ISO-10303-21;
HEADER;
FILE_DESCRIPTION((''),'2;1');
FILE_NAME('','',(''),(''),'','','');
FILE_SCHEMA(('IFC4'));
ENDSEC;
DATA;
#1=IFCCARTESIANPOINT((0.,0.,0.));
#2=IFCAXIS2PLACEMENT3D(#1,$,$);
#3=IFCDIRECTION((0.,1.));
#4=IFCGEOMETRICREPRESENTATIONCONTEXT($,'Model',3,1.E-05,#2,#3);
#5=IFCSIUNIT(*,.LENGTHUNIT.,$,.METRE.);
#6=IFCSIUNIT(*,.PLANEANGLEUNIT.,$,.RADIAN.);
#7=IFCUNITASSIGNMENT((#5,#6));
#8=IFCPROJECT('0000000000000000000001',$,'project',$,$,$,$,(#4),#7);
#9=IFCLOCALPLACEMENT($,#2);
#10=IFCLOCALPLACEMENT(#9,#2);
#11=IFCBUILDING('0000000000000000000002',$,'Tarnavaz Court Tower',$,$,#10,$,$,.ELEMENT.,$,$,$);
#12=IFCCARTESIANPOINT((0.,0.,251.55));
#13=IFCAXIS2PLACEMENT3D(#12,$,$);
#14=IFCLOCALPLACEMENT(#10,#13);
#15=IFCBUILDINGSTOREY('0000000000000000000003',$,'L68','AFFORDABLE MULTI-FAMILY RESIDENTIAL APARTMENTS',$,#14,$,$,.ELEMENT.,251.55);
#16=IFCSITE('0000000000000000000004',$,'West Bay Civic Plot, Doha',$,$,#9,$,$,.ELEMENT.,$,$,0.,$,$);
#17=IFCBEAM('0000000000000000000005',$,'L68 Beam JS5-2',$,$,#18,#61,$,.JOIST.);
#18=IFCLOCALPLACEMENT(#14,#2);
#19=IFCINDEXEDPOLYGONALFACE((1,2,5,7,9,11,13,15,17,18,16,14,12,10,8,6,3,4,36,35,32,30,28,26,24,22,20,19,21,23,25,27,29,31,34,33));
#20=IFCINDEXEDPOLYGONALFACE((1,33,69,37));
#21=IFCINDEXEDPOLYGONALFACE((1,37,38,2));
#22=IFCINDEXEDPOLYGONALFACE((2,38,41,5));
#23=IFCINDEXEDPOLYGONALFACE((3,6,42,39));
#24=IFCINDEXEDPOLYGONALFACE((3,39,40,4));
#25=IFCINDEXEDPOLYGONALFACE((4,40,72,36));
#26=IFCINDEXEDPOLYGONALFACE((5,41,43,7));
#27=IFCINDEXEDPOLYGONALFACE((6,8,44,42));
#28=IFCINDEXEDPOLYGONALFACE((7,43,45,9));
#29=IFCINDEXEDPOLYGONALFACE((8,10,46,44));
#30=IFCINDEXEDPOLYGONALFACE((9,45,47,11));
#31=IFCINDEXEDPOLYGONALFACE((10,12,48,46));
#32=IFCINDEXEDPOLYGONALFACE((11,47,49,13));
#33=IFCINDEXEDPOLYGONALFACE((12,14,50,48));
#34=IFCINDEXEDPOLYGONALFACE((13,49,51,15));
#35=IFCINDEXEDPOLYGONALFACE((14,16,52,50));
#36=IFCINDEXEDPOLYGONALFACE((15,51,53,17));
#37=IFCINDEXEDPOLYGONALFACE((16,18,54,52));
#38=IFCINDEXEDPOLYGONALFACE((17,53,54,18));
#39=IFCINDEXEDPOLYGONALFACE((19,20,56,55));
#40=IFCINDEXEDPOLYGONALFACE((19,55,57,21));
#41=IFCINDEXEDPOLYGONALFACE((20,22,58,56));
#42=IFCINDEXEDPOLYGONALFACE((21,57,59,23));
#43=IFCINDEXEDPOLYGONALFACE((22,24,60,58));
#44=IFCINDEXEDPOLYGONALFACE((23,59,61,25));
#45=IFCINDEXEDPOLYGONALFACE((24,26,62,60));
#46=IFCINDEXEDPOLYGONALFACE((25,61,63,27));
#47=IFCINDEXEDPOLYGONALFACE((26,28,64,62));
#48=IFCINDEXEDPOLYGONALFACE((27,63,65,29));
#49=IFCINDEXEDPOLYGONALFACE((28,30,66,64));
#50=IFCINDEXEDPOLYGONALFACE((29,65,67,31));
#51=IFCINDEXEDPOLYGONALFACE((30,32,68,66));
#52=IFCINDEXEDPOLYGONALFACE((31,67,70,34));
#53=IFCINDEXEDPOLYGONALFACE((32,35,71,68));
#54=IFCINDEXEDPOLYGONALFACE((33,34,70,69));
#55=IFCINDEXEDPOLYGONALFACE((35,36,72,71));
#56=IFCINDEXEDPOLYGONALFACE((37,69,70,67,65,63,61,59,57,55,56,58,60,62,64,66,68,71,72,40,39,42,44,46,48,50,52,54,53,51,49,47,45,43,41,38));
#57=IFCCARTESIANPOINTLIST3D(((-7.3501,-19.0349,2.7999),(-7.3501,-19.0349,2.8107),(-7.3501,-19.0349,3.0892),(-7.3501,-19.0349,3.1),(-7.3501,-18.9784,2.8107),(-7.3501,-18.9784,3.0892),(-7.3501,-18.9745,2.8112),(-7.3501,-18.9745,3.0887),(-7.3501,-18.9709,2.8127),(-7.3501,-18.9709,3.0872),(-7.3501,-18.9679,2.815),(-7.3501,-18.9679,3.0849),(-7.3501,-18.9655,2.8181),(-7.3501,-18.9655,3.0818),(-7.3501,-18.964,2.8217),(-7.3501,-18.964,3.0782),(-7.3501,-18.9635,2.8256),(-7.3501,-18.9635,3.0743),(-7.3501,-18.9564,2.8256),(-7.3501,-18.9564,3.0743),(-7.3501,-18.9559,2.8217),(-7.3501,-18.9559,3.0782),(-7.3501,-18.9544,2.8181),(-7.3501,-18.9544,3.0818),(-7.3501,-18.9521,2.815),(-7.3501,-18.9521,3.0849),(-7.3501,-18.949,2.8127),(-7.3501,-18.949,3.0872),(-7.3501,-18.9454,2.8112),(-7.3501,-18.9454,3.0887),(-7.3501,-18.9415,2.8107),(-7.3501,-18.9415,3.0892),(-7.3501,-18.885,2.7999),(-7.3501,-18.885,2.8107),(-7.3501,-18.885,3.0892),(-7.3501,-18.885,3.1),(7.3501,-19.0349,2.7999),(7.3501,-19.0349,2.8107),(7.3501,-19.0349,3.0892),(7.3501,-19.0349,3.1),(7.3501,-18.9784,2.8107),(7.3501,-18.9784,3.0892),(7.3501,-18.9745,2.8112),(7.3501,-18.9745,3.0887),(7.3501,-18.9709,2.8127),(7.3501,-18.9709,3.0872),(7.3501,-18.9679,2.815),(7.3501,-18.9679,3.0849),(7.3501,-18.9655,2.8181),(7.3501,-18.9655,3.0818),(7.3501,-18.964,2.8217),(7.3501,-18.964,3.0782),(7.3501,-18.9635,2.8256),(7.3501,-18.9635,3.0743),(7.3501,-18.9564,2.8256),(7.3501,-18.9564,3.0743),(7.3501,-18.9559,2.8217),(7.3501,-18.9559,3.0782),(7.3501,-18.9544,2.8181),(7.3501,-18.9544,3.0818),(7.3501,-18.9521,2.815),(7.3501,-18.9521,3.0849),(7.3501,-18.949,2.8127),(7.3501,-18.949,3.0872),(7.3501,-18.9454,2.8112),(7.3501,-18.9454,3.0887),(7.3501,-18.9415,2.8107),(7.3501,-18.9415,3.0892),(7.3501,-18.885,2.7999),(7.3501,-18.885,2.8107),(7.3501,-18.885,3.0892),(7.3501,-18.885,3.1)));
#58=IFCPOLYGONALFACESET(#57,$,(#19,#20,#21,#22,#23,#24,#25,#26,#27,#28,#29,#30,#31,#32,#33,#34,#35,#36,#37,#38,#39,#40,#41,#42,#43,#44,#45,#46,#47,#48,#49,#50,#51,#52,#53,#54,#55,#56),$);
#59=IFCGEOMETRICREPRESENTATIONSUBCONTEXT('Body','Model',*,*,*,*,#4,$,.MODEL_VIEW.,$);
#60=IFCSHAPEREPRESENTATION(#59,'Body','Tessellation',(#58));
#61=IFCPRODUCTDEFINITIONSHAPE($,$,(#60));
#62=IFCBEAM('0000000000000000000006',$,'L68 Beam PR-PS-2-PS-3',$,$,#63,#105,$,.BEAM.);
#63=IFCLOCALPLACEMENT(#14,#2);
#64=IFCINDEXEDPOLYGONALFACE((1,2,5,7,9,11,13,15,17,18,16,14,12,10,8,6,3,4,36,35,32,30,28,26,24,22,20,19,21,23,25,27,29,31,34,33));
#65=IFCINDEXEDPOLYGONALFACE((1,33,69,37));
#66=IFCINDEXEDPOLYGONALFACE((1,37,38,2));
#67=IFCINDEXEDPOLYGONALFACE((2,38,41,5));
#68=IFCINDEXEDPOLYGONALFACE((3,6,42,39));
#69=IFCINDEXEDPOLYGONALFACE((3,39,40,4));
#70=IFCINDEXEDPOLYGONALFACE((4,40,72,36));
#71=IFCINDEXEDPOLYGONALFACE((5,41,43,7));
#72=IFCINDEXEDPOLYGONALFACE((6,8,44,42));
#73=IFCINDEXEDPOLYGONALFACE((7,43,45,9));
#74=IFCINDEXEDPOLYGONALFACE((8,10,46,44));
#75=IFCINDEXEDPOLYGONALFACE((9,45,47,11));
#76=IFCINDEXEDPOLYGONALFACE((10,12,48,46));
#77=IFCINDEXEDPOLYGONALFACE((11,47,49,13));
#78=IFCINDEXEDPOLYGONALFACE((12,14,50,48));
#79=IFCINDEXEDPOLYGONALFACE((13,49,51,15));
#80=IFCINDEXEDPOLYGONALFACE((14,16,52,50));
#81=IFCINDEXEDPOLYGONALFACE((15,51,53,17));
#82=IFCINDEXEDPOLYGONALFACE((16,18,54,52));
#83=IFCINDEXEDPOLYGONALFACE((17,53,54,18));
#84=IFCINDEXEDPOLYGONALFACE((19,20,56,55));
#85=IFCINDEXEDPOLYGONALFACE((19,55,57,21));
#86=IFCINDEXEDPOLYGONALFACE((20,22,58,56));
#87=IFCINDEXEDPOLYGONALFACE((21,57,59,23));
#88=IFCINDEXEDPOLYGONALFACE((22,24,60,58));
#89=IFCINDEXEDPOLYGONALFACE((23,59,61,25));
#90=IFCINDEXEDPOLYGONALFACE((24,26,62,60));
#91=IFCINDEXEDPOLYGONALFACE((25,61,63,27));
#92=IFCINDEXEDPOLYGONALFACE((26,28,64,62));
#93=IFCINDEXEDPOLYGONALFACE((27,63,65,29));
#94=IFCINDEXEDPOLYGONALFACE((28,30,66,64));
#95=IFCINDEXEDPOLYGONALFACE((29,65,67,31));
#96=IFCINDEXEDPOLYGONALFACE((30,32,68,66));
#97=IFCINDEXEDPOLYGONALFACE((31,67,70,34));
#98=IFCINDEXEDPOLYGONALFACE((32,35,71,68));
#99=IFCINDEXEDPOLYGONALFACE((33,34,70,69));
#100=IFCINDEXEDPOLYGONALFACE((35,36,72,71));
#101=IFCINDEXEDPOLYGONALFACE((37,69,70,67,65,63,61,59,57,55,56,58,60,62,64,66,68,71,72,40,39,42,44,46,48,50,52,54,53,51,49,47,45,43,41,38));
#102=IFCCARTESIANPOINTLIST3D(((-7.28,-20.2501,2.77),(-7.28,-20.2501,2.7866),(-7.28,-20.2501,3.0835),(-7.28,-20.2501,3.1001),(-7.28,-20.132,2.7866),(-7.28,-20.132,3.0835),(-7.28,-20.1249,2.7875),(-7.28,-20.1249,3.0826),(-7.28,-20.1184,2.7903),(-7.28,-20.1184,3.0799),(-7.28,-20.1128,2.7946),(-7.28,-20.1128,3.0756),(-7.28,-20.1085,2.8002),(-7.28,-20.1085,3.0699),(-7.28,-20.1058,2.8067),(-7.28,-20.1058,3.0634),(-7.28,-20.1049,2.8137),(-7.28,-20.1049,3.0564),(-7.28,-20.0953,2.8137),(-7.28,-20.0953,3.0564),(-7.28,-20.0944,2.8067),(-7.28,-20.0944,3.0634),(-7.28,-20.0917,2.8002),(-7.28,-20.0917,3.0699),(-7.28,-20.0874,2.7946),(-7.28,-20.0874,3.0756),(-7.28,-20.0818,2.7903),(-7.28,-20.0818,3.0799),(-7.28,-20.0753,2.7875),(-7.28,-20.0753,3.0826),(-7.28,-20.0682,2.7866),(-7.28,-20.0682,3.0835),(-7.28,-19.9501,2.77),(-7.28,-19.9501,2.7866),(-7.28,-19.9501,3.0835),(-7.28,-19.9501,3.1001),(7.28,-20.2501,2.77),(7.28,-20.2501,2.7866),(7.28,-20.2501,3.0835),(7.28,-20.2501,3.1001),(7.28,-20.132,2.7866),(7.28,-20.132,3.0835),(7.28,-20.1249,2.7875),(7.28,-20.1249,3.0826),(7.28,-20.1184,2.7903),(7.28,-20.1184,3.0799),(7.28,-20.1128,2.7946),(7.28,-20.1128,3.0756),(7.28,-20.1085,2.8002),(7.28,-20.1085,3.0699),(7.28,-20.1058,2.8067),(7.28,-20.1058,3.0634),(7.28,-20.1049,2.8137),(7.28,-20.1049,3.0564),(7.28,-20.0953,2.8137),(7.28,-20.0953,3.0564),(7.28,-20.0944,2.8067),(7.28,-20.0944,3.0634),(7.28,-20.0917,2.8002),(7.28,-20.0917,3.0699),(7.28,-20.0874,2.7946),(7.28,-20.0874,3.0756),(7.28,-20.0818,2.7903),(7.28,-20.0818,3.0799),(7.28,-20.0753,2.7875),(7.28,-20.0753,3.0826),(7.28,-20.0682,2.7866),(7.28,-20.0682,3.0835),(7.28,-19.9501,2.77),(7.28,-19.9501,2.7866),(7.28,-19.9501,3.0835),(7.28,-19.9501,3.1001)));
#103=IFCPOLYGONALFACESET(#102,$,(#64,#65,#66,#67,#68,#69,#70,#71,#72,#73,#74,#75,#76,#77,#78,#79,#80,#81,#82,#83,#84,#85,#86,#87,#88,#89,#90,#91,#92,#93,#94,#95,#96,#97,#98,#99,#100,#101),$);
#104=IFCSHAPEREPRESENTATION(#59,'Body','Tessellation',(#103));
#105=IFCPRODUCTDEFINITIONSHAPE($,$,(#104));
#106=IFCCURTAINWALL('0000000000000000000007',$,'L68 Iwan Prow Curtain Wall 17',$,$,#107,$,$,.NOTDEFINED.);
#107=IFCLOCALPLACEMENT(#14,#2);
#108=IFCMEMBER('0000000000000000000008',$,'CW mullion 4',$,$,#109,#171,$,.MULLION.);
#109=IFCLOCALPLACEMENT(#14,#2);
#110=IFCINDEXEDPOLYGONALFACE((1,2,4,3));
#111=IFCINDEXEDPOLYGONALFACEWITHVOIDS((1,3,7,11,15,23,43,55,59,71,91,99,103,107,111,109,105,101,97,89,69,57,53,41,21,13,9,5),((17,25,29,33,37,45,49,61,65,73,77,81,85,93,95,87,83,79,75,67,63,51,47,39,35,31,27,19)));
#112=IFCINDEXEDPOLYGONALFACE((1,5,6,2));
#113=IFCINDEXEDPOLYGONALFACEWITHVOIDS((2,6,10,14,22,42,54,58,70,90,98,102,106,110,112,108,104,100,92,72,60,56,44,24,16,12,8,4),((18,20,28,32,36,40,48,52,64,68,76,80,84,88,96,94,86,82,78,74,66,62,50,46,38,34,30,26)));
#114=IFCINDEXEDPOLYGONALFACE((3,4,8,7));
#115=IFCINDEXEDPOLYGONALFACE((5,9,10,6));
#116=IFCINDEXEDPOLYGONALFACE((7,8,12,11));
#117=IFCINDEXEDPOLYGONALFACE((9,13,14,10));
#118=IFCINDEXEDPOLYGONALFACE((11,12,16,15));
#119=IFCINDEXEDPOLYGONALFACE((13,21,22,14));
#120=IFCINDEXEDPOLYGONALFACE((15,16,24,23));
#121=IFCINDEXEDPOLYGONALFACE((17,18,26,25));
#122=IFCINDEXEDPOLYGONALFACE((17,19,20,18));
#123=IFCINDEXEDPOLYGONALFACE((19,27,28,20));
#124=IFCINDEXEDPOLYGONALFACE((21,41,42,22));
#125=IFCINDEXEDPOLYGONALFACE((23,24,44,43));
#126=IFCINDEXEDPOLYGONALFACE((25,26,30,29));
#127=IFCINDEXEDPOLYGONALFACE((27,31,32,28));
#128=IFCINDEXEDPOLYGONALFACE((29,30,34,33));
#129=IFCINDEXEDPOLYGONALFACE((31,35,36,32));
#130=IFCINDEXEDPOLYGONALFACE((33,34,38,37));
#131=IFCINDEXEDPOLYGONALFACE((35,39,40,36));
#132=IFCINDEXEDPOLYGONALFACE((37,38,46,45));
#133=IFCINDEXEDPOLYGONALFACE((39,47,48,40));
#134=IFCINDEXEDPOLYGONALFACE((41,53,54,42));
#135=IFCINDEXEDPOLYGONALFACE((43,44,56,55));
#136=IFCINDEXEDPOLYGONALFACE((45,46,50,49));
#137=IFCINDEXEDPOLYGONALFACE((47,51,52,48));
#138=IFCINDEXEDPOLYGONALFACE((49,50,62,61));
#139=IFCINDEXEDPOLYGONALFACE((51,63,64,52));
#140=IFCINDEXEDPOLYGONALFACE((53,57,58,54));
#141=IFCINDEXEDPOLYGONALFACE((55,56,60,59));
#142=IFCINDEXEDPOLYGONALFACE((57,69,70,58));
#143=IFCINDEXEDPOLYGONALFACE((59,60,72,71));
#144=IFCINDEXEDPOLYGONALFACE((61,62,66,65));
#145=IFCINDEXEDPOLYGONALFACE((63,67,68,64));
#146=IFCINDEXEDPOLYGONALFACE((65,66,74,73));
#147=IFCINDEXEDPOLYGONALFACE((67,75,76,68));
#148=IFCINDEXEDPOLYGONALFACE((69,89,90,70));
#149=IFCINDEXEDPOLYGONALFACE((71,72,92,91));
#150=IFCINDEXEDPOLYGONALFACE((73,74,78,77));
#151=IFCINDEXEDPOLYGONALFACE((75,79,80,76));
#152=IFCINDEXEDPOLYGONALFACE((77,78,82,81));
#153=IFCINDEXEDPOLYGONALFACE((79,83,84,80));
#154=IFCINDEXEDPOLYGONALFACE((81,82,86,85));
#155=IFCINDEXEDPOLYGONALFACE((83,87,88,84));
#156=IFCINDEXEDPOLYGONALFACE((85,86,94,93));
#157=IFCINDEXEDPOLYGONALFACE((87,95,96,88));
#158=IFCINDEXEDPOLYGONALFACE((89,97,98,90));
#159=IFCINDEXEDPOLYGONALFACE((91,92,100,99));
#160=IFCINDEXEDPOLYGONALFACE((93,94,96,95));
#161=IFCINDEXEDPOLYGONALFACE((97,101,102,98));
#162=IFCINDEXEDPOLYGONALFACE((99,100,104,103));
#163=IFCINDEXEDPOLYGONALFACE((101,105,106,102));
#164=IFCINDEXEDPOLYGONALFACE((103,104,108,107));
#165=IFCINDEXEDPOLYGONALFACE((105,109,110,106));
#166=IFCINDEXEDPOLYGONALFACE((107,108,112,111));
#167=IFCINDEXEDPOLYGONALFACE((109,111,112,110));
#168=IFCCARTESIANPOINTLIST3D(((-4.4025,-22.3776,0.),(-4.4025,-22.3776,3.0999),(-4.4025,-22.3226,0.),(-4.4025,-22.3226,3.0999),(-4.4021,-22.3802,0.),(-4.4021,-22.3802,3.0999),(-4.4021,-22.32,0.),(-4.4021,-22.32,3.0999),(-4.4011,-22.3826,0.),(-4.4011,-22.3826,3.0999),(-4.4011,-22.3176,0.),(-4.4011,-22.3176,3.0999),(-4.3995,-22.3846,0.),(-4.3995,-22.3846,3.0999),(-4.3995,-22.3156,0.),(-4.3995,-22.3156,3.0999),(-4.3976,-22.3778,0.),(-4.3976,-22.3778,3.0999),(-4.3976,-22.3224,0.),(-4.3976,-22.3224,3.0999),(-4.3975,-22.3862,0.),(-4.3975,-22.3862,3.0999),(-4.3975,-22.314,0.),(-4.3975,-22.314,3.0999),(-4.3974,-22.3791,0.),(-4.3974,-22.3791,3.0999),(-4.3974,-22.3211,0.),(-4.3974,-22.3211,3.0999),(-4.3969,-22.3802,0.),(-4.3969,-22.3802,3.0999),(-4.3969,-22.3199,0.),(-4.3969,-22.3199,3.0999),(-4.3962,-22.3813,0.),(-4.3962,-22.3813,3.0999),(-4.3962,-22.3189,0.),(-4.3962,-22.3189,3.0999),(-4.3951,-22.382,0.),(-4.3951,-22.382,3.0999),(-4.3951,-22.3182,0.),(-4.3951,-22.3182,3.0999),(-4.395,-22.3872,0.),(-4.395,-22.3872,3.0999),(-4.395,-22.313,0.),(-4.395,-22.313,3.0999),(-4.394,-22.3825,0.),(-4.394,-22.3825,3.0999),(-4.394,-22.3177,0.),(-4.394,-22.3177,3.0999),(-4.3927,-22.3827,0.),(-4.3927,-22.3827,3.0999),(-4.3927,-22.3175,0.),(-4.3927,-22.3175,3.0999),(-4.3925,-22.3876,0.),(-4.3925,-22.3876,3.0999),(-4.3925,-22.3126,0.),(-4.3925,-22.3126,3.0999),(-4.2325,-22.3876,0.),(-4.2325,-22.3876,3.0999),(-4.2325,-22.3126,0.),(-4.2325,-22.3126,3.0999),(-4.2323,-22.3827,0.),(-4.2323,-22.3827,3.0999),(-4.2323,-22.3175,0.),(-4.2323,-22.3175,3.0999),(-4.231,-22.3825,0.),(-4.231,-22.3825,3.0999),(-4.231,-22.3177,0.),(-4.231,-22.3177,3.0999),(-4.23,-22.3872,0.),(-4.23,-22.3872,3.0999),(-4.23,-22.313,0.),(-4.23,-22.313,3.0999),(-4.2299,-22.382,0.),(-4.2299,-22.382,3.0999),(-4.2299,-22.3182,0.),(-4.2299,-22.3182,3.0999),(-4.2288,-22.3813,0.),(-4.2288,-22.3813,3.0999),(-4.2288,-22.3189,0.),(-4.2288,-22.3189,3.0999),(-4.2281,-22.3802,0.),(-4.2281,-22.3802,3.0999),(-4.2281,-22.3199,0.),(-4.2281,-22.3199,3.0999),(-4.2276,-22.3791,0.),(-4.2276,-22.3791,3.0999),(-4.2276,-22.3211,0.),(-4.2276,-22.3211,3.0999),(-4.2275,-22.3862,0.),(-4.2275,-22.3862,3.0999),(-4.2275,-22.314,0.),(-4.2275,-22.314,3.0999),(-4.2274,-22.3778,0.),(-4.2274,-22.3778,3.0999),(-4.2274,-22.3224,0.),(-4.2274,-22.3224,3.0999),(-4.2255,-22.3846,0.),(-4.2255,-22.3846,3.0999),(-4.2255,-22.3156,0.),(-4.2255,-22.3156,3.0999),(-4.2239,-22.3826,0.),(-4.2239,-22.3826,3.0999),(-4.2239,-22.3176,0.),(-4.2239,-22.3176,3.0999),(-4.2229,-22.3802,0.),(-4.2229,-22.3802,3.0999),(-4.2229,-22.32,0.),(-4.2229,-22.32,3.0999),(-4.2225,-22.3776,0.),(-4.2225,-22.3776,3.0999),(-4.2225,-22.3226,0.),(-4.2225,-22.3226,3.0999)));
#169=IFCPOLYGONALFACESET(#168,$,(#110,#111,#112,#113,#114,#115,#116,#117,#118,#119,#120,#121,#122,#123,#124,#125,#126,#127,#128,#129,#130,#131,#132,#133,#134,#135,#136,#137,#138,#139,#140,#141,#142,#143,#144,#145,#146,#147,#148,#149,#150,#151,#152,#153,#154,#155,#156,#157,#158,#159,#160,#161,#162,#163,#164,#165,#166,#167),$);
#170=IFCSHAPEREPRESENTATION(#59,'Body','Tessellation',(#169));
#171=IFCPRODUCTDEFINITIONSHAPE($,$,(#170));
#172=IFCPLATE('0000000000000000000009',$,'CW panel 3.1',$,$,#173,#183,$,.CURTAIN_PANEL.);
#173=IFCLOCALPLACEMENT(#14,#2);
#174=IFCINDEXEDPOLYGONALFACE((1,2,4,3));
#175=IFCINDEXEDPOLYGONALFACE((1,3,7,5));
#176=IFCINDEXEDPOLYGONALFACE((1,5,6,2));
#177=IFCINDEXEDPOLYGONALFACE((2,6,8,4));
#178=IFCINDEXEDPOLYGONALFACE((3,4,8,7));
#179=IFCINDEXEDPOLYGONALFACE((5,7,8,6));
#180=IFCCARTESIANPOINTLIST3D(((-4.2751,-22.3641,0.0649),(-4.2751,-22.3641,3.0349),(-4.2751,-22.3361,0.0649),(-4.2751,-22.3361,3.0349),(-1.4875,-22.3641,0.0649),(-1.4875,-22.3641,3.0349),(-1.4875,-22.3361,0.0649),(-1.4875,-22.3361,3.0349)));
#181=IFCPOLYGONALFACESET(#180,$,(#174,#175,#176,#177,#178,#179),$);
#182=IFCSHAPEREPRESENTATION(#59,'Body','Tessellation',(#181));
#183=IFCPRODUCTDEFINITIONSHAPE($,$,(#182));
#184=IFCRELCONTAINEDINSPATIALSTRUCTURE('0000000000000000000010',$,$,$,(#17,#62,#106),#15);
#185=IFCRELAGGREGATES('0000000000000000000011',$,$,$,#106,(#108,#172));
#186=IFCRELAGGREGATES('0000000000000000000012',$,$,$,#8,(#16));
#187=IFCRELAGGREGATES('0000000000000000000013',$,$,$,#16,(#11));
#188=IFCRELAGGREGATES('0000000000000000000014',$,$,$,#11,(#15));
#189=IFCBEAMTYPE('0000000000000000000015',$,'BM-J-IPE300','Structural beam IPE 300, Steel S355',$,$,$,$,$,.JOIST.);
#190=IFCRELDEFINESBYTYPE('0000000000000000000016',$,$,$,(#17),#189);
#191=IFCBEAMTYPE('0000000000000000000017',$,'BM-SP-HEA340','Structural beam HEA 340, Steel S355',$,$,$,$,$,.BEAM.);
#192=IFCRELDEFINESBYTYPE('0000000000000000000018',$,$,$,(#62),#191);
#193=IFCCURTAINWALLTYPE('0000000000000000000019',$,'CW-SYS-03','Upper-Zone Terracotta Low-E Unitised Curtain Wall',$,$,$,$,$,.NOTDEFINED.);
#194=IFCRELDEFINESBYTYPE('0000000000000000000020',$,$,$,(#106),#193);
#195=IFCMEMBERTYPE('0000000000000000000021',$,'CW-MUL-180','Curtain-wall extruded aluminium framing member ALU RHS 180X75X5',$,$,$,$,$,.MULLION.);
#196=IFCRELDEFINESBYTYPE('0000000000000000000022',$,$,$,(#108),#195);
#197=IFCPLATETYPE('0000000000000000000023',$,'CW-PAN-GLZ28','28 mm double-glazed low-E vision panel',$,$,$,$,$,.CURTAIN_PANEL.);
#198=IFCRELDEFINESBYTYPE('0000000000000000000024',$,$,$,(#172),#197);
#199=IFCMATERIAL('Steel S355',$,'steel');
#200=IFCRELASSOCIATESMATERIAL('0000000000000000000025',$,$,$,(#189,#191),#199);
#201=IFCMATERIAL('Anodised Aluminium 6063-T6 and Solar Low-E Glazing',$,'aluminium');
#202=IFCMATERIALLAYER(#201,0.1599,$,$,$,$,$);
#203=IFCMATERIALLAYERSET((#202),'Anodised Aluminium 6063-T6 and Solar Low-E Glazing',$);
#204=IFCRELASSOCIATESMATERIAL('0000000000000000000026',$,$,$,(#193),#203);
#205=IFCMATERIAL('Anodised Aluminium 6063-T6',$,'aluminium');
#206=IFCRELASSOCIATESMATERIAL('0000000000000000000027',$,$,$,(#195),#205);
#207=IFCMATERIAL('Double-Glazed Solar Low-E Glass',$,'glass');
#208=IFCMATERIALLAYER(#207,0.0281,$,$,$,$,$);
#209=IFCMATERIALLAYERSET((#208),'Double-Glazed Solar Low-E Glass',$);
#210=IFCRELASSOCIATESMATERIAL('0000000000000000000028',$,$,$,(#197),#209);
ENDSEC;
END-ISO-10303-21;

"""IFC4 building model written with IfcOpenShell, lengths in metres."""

from ifc_helpers import new_model, si_unit, direction, frame, origin, origin_2d, place, context, subcontext, project, spatial, rectangle, hollow_rectangle, i_section, extrude, material, layer, layer_set, material_profile, profile_set, type_object, element, aggregate, save


model = new_model("IFC4")

# Units and contexts
model_context = context("Model", 3, precision=1e-05, world=origin(), true_north=direction((0.0, 1.0)))
body_context = subcontext(model_context, "Body", "Model", "MODEL_VIEW")
ifc_project = project(units=[si_unit("LENGTHUNIT", "METRE"), si_unit("PLANEANGLEUNIT", "RADIAN")], contexts=[model_context])

# Site, building, storey
site_placement = place(None, origin())
site = spatial("IfcSite", under=ifc_project, at=site_placement, Name="West Bay Civic Plot, Doha", CompositionType="ELEMENT", RefElevation=0.0)
building_placement = place(site_placement, origin())
building = spatial("IfcBuilding", under=site, at=building_placement, Name="Tarnavaz Court Tower", CompositionType="ELEMENT")
storey_placement = place(building_placement, frame((0.0, 0.0, 251.55)))
storey = spatial("IfcBuildingStorey", under=building, at=storey_placement, Name="L68", Description="AFFORDABLE MULTI-FAMILY RESIDENTIAL APARTMENTS", CompositionType="ELEMENT", Elevation=251.55)

# Beams
ifc_material_1 = material(Name="Steel S355", Category="steel")
ifc_material_profile_1 = material_profile(ifc_material_1, i_section(OverallWidth=0.1499, OverallDepth=0.3, WebThickness=0.0071, FlangeThickness=0.0107, FilletRadius=0.0149, at=origin_2d()), Name="IPE 300")
ifc_profile_set_1 = profile_set([ifc_material_profile_1], Name="Steel S355")
beam_type_1 = type_object("IfcBeamType", Name="BM-J-IPE300", Description="Structural beam IPE 300, Steel S355", PredefinedType="JOIST", material=ifc_profile_set_1)
for number, where, z_axis, x_axis, name in (
    (1, (-7.3501, -18.96, 2.95), (1.0, 0.0, 0.0), (0.0, 1.0, 0.0), "L68 Beam JS5-2"),
):
    element("IfcBeam", number, at=place(storey_placement, frame(where, z_axis=z_axis, x_axis=x_axis)), inside=storey, type_object=beam_type_1, Name=name, PredefinedType="JOIST", context=body_context, shape_type="SweptSolid", body=[
        extrude(i_section(OverallWidth=0.1499, OverallDepth=0.3, WebThickness=0.0071, FlangeThickness=0.0107, FilletRadius=0.0149, at=origin_2d()), origin(), (0.0, 0.0, 1.0), 14.7002),
    ])
ifc_material_profile_2 = material_profile(ifc_material_1, i_section(OverallWidth=0.3, OverallDepth=0.3301, WebThickness=0.0095, FlangeThickness=0.0166, FilletRadius=0.0271, at=origin_2d()), Name="HEA 340")
ifc_profile_set_2 = profile_set([ifc_material_profile_2], Name="Steel S355")
beam_type_2 = type_object("IfcBeamType", Name="BM-SP-HEA340", Description="Structural beam HEA 340, Steel S355", PredefinedType="BEAM", material=ifc_profile_set_2)
beam_placement = place(storey_placement, frame((-7.28, -20.1001, 2.9351), z_axis=(1.0, 0.0, 0.0), x_axis=(0.0, 1.0, 0.0)))
element("IfcBeam", 2, at=beam_placement, inside=storey, type_object=beam_type_2, Name="L68 Beam PR-PS-2-PS-3", PredefinedType="BEAM", context=body_context, shape_type="SweptSolid", body=[
    extrude(i_section(OverallWidth=0.3, OverallDepth=0.3301, WebThickness=0.0095, FlangeThickness=0.0166, FilletRadius=0.0271, at=origin_2d()), origin(), (0.0, 0.0, 1.0), 14.5601),
])

# Curtain wall, member, plate
ifc_material_2 = material(Name="Anodised Aluminium 6063-T6 and Solar Low-E Glazing", Category="aluminium")
ifc_layer_1 = layer(ifc_material_2, 0.1599)
ifc_layer_set_1 = layer_set([ifc_layer_1], Name="Anodised Aluminium 6063-T6 and Solar Low-E Glazing")
curtain_wall_type = type_object("IfcCurtainWallType", Name="CW-SYS-03", Description="Upper-Zone Terracotta Low-E Unitised Curtain Wall", PredefinedType="NOTDEFINED", material=ifc_layer_set_1)
curtain_wall_placement = place(storey_placement, origin())
curtain_wall = element("IfcCurtainWall", 3, at=curtain_wall_placement, inside=storey, type_object=curtain_wall_type, Name="L68 Iwan Prow Curtain Wall 17", PredefinedType="NOTDEFINED")
ifc_material_3 = material(Name="Anodised Aluminium 6063-T6", Category="aluminium")
ifc_material_profile_3 = material_profile(ifc_material_3, hollow_rectangle(XDim=0.075, YDim=0.1799, WallThickness=0.0049, InnerFilletRadius=0.0049, OuterFilletRadius=0.01, at=origin_2d()), Name="ALU RHS 180X75X5")
ifc_profile_set_3 = profile_set([ifc_material_profile_3], Name="Anodised Aluminium 6063-T6")
member_type = type_object("IfcMemberType", Name="CW-MUL-180", Description="Curtain-wall extruded aluminium framing member ALU RHS 180X75X5", PredefinedType="MULLION", material=ifc_profile_set_3)
member_placement = place(storey_placement, frame((-4.3125, -22.3501, 0.0), z_axis=(0.0, 0.0, 1.0), x_axis=(0.0, -1.0, 0.0)))
member = element("IfcMember", 4, at=member_placement, type_object=member_type, Name="CW mullion 4", PredefinedType="MULLION", context=body_context, shape_type="SweptSolid", body=[
    extrude(hollow_rectangle(XDim=0.075, YDim=0.1799, WallThickness=0.0049, InnerFilletRadius=0.0049, OuterFilletRadius=0.01, at=origin_2d()), origin(), (0.0, 0.0, 1.0), 3.0999),
])
ifc_material_4 = material(Name="Double-Glazed Solar Low-E Glass", Category="glass")
ifc_layer_2 = layer(ifc_material_4, 0.0281)
ifc_layer_set_2 = layer_set([ifc_layer_2], Name="Double-Glazed Solar Low-E Glass")
plate_type = type_object("IfcPlateType", Name="CW-PAN-GLZ28", Description="28 mm double-glazed low-E vision panel", PredefinedType="CURTAIN_PANEL", material=ifc_layer_set_2)
plate_placement = place(storey_placement, frame((-2.8813, -22.3501, 0.0649), z_axis=(0.0, 0.0, 1.0), x_axis=(-1.0, 0.0, 0.0)))
plate = element("IfcPlate", 5, at=plate_placement, type_object=plate_type, Name="CW panel 3.1", PredefinedType="CURTAIN_PANEL", context=body_context, shape_type="SweptSolid", body=[
    extrude(rectangle(XDim=2.7876, YDim=0.0281, at=origin_2d()), origin(), (0.0, 0.0, 1.0), 2.97),
])
aggregate(curtain_wall, [member, plate])

save(model, "model.ifc")
